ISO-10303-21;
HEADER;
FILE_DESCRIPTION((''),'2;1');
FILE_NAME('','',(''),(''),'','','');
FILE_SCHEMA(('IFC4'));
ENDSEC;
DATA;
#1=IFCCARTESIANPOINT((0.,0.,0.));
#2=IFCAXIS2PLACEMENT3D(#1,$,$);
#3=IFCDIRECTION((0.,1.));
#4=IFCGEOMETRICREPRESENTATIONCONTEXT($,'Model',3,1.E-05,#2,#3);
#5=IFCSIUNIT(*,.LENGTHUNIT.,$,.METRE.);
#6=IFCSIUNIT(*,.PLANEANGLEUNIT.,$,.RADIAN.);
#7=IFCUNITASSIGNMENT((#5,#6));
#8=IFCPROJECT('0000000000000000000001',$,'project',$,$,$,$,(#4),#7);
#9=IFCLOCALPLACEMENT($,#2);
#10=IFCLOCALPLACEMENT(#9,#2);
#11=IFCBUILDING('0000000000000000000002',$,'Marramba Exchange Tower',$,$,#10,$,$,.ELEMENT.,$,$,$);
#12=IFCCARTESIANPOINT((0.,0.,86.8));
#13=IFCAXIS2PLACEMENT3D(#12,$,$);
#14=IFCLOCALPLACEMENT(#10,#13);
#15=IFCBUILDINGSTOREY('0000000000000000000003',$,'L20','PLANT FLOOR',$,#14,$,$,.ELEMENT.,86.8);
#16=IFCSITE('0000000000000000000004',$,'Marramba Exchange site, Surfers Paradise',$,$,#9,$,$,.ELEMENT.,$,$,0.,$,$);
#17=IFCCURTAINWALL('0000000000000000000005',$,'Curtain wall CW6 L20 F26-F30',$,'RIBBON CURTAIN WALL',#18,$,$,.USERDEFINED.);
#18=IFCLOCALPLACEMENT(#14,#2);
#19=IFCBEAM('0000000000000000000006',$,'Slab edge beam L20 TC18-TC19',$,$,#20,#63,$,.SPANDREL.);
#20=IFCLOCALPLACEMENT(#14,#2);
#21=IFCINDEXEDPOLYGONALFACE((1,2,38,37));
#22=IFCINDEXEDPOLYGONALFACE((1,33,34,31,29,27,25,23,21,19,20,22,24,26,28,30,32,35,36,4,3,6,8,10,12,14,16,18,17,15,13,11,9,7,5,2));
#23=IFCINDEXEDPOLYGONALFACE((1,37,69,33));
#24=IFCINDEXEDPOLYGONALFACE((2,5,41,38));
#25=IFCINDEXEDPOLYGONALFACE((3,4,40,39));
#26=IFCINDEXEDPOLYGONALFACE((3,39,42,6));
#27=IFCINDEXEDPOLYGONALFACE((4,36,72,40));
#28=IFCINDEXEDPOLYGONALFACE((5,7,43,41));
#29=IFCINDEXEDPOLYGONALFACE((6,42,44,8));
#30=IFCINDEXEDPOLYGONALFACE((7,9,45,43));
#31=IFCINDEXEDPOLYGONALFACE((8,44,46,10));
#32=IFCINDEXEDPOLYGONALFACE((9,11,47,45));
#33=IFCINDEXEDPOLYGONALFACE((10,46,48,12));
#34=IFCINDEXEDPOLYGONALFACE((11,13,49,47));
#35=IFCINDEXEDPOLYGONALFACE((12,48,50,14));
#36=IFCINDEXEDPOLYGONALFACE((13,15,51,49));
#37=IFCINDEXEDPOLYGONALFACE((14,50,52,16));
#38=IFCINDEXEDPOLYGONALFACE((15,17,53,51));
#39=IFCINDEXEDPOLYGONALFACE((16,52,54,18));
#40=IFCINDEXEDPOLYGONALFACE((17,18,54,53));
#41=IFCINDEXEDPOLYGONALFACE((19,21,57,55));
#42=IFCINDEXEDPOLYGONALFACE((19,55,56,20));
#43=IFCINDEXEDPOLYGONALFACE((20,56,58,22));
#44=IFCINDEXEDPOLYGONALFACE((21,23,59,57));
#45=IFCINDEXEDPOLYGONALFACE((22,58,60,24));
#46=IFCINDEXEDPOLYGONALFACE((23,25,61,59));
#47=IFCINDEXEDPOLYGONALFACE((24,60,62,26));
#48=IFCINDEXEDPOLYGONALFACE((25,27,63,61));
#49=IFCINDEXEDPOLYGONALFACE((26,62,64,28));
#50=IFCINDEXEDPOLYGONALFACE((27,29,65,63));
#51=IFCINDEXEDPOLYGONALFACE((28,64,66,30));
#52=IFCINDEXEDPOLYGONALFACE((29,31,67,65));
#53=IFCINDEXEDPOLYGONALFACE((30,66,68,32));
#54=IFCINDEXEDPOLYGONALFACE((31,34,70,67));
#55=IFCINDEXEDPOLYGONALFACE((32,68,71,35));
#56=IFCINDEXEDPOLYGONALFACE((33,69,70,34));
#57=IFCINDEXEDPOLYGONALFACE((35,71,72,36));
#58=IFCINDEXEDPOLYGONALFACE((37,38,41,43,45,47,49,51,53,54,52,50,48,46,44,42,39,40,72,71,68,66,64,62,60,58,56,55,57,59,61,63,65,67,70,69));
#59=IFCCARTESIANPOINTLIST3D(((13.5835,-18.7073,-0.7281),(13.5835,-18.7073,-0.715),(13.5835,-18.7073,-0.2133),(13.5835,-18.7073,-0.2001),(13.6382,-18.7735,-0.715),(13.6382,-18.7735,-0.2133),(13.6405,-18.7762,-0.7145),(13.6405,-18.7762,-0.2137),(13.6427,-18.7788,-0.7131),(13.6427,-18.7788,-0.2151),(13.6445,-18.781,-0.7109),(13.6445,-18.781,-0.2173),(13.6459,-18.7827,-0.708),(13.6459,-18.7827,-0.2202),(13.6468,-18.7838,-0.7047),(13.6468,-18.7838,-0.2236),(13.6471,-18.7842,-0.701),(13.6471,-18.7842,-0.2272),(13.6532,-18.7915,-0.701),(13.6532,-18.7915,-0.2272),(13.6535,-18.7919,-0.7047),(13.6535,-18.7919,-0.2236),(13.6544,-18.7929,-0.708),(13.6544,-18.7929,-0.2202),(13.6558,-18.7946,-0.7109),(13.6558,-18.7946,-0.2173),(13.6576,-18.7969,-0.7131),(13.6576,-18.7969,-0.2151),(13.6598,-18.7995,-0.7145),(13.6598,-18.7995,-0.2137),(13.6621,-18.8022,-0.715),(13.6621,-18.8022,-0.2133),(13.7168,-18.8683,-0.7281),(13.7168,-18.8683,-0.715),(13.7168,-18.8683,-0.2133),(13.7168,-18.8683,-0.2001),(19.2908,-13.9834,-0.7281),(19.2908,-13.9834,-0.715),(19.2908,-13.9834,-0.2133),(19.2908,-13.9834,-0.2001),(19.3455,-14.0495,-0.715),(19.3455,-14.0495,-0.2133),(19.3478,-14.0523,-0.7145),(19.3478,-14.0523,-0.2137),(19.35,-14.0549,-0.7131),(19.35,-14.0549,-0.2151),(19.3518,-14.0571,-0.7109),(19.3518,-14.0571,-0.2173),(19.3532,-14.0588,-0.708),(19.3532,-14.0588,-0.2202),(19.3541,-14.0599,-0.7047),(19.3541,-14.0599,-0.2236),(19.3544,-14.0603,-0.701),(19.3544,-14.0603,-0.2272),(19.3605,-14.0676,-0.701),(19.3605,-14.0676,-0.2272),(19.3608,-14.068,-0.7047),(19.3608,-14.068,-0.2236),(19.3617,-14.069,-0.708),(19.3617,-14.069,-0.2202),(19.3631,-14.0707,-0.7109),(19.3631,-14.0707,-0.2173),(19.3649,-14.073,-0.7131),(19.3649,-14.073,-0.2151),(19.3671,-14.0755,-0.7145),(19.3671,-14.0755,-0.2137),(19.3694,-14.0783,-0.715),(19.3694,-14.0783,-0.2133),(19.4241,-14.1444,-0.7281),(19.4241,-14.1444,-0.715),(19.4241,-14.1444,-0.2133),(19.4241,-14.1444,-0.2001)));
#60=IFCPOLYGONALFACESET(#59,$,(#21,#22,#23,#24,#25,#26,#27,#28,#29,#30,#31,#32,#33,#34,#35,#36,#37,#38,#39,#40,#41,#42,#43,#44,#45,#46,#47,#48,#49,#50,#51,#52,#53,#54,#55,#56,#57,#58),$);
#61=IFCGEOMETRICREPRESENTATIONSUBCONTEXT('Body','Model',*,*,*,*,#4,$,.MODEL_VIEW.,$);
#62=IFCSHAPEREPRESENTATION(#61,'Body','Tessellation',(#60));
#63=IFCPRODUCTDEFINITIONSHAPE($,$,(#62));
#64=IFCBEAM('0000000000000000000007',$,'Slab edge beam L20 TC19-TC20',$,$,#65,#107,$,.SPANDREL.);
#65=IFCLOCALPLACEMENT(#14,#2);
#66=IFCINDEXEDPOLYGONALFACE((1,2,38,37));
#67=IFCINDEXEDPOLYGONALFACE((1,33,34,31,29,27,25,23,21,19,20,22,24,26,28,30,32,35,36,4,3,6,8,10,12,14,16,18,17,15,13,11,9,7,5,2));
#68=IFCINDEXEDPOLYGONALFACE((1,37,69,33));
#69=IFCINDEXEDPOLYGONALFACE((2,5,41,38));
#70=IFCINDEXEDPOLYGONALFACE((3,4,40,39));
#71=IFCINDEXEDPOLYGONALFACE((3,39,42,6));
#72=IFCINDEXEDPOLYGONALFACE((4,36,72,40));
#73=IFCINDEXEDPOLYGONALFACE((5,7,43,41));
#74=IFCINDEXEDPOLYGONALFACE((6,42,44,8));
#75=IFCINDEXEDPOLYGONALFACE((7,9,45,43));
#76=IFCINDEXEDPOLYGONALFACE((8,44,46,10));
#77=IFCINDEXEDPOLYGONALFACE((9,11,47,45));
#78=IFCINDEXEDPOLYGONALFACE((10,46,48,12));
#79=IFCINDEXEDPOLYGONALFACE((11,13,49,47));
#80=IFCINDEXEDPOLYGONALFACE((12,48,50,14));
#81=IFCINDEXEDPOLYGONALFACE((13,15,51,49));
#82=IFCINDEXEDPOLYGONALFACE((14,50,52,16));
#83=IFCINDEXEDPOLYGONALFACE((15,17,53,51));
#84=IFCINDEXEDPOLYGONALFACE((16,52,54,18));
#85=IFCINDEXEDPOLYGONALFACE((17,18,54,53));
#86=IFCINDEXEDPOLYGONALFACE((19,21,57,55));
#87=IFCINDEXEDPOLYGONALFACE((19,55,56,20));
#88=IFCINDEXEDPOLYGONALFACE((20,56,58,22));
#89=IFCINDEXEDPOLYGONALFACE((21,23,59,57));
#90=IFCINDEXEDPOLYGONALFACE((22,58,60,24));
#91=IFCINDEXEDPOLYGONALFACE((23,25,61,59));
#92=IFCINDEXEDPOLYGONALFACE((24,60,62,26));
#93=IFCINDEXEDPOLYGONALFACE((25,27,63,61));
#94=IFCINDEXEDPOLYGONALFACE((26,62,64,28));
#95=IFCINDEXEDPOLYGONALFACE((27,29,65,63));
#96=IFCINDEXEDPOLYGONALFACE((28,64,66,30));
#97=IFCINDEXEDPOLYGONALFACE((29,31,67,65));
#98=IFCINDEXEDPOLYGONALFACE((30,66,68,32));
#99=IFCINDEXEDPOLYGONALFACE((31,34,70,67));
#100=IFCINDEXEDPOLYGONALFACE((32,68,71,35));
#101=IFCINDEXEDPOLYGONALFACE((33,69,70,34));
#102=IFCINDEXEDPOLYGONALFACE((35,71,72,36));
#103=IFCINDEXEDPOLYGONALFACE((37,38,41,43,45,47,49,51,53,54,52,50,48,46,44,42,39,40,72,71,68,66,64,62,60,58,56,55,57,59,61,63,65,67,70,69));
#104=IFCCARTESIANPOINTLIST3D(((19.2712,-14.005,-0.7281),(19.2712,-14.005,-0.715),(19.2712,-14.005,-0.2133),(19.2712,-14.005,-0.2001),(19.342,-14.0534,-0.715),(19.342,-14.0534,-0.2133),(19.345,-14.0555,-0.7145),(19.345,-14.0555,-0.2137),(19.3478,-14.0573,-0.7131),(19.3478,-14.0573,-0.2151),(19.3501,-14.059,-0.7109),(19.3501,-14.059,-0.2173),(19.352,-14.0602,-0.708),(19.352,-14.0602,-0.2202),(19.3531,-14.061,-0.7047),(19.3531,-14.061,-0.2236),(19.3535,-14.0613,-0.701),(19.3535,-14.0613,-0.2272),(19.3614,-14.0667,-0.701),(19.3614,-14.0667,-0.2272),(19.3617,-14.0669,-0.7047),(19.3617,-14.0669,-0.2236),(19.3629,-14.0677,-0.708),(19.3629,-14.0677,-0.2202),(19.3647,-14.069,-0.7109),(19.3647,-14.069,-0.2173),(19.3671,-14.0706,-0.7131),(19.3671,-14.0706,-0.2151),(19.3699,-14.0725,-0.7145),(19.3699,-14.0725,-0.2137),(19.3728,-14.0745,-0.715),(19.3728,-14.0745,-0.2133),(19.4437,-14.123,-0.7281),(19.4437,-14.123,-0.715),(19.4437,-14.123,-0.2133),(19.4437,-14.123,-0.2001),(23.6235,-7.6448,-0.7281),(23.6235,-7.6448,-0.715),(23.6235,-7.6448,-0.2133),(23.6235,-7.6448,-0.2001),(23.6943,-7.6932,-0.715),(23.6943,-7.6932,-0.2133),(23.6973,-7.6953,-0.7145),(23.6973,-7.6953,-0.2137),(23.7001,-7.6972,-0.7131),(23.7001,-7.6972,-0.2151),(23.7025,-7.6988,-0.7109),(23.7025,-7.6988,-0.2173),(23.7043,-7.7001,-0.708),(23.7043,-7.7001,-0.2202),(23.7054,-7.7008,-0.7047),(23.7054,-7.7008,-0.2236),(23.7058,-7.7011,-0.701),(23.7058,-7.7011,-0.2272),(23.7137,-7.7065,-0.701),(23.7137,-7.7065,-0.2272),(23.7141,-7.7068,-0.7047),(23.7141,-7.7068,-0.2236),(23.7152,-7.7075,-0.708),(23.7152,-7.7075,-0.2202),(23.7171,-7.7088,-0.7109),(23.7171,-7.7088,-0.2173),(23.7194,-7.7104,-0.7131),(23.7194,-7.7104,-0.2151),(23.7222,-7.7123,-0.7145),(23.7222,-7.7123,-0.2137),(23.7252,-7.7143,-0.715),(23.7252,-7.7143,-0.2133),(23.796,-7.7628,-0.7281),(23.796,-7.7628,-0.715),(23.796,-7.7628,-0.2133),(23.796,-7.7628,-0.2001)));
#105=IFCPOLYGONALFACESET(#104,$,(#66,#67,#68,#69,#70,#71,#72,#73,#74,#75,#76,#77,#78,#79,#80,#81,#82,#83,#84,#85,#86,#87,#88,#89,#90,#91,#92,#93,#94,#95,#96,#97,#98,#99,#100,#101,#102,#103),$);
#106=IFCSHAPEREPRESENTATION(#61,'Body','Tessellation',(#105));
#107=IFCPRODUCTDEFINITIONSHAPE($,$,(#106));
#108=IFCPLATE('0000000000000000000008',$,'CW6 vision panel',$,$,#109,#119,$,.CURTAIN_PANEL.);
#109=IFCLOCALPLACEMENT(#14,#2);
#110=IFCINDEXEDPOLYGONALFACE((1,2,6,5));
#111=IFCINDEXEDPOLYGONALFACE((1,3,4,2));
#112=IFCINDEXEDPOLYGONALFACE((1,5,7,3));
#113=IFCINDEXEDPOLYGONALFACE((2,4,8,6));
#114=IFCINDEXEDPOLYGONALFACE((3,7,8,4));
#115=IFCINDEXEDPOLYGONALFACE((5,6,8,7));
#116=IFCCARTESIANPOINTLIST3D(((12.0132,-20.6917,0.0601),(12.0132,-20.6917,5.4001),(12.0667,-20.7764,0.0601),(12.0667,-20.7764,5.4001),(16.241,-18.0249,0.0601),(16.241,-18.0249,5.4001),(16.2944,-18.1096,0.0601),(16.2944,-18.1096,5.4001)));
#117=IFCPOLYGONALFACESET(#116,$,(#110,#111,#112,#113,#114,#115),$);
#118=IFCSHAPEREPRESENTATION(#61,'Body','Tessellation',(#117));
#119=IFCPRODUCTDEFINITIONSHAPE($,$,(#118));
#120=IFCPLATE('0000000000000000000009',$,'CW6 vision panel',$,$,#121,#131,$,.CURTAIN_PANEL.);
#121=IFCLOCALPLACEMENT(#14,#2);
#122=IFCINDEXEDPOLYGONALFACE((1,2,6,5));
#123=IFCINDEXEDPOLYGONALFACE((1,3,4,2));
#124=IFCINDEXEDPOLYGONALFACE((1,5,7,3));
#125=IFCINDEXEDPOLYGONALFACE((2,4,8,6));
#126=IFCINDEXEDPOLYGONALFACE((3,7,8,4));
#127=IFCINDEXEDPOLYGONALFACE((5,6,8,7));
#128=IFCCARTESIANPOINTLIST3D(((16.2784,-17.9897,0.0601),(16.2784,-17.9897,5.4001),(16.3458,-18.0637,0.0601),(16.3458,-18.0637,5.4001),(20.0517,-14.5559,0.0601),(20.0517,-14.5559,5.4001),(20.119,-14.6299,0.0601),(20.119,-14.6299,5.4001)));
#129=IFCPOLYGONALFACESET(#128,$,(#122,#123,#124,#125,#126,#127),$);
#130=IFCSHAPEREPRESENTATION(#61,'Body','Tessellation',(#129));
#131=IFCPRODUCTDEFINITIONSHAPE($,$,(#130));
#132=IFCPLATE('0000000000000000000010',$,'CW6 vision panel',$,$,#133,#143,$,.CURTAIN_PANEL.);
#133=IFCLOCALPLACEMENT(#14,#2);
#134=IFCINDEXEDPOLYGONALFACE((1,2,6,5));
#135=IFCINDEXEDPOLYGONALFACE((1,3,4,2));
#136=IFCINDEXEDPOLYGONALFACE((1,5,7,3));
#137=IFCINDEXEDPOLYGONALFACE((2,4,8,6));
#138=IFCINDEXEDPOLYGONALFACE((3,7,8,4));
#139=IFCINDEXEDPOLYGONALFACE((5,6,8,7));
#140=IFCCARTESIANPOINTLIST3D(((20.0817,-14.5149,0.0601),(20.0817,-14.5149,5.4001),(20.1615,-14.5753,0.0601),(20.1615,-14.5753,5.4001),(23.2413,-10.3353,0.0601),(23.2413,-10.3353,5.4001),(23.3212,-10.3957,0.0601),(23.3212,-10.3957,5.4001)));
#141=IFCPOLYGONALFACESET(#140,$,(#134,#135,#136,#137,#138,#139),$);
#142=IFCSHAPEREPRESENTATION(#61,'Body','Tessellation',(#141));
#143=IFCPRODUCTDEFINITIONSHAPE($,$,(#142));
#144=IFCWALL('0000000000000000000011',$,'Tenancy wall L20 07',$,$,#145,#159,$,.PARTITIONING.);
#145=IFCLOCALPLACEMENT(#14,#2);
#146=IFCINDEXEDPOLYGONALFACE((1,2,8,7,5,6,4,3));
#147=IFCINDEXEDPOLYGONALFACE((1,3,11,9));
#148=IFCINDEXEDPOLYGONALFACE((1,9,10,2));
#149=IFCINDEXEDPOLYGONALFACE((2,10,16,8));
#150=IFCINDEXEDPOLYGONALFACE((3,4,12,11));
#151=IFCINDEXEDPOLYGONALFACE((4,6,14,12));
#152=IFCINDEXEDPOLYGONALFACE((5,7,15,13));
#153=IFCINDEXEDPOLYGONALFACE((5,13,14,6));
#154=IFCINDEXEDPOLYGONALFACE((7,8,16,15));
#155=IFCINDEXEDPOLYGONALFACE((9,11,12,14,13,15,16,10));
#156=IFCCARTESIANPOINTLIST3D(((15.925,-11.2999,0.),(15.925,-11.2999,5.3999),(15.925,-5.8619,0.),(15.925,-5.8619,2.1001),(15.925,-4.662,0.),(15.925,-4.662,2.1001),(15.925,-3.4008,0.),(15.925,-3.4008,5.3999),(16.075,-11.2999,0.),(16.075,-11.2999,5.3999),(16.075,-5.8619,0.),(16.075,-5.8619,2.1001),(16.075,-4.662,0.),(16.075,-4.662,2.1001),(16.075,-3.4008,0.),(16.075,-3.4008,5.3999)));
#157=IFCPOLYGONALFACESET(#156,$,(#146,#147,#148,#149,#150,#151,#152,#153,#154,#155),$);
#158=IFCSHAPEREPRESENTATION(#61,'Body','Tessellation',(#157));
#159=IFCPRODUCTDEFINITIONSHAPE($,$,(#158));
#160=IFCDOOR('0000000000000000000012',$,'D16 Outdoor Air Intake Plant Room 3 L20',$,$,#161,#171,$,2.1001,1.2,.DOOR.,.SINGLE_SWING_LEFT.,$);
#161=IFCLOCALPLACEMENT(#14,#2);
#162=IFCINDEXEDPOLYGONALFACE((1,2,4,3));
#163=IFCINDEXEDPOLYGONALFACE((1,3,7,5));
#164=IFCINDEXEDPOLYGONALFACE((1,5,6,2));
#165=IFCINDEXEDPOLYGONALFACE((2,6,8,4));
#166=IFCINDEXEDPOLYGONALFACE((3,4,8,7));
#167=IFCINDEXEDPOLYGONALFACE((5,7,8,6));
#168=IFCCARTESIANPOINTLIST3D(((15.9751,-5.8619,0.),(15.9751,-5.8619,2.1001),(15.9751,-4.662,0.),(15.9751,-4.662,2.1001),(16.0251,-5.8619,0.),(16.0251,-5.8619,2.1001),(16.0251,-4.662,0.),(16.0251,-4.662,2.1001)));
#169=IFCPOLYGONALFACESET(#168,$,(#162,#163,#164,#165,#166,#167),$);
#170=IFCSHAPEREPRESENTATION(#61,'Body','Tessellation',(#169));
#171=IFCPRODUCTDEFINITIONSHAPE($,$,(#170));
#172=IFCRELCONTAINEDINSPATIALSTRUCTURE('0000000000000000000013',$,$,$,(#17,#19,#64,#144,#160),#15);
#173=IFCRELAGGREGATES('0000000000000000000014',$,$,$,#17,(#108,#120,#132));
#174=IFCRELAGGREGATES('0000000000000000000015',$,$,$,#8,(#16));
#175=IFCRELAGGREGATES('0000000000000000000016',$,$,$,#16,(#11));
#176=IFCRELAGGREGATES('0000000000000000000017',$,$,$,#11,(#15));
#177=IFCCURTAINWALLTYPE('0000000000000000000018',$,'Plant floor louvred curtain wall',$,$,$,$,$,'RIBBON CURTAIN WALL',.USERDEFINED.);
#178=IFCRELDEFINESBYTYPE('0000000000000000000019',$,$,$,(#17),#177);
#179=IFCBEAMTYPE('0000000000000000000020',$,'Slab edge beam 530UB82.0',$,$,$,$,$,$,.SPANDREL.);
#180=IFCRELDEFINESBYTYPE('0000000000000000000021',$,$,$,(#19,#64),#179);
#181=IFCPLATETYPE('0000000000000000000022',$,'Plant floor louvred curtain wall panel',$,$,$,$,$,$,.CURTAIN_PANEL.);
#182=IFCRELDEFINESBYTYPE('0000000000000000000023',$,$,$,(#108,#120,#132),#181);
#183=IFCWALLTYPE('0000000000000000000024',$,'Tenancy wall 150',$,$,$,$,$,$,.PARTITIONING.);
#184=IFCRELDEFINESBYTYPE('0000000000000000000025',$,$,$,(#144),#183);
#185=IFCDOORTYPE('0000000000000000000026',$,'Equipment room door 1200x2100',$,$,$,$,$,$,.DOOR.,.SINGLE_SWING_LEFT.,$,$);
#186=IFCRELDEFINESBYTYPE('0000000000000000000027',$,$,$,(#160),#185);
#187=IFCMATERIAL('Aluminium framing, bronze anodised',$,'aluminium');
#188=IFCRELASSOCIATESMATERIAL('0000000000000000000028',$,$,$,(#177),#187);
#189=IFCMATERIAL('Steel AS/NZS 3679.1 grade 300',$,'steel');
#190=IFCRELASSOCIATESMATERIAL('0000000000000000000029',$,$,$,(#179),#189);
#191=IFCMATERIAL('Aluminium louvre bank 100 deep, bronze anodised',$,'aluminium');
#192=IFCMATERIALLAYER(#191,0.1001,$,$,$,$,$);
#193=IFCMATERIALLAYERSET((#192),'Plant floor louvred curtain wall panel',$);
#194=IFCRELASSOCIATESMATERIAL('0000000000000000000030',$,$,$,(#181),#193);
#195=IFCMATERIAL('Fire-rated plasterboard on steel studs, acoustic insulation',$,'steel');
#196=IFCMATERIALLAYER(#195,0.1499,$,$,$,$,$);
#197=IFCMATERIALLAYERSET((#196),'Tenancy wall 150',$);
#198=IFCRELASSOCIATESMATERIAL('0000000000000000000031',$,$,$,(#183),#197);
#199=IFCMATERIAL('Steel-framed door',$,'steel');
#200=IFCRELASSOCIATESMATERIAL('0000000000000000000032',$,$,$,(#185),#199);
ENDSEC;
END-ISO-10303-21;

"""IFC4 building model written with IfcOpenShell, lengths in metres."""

from ifc_helpers import new_model, si_unit, direction, frame, frame_2d, origin, origin_2d, place, context, subcontext, project, spatial, rectangle, i_section, extrude, material, layer, layer_set, material_profile, profile_set, type_object, element, fill, aggregate, save


model = new_model("IFC4")

# Units and contexts
model_context = context("Model", 3, precision=1e-05, world=origin(), true_north=direction((0.0, 1.0)))
body_context = subcontext(model_context, "Body", "Model", "MODEL_VIEW")
ifc_project = project(units=[si_unit("LENGTHUNIT", "METRE"), si_unit("PLANEANGLEUNIT", "RADIAN")], contexts=[model_context])

# Site, building, storey
site_placement = place(None, origin())
site = spatial("IfcSite", under=ifc_project, at=site_placement, Name="Marramba Exchange site, Surfers Paradise", CompositionType="ELEMENT", RefElevation=0.0)
building_placement = place(site_placement, origin())
building = spatial("IfcBuilding", under=site, at=building_placement, Name="Marramba Exchange Tower", CompositionType="ELEMENT")
storey_placement = place(building_placement, frame((0.0, 0.0, 86.8)))
storey = spatial("IfcBuildingStorey", under=building, at=storey_placement, Name="L20", Description="PLANT FLOOR", CompositionType="ELEMENT", Elevation=86.8)

# Curtain wall
ifc_material_1 = material(Name="Aluminium framing, bronze anodised", Category="aluminium")
curtain_wall_type = type_object("IfcCurtainWallType", Name="Plant floor louvred curtain wall", ElementType="RIBBON CURTAIN WALL", PredefinedType="USERDEFINED", material=ifc_material_1)
curtain_wall_placement = place(storey_placement, origin())
curtain_wall = element("IfcCurtainWall", 1, at=curtain_wall_placement, inside=storey, type_object=curtain_wall_type, Name="Curtain wall CW6 L20 F26-F30", ObjectType="RIBBON CURTAIN WALL", PredefinedType="USERDEFINED")

# Beams
ifc_material_2 = material(Name="Steel AS/NZS 3679.1 grade 300", Category="steel")
ifc_material_profile_1 = material_profile(ifc_material_2, i_section(OverallWidth=0.209, OverallDepth=0.5281, WebThickness=0.0095, FlangeThickness=0.0132, FilletRadius=0.0139, at=origin_2d()), Name="530UB82.0")
ifc_profile_set_1 = profile_set([ifc_material_profile_1], Name="Steel AS/NZS 3679.1 grade 300")
beam_type_1 = type_object("IfcBeamType", Name="Slab edge beam 530UB82.0", PredefinedType="SPANDREL", material=ifc_profile_set_1)
beam_1_placement = place(storey_placement, frame((13.6501, -18.7878, -0.4641), z_axis=(0.770354, 0.637617, 0.0), x_axis=(-0.637617, 0.770354, 0.0)))
element("IfcBeam", 2, at=beam_1_placement, inside=storey, type_object=beam_type_1, Name="Slab edge beam L20 TC18-TC19", PredefinedType="SPANDREL", context=body_context, shape_type="SweptSolid", body=[
    extrude(i_section(OverallWidth=0.209, OverallDepth=0.5281, WebThickness=0.0095, FlangeThickness=0.0132, FilletRadius=0.0139, at=origin_2d()), origin(), (0.0, 0.0, 1.0), 7.4087),
])
beam_2_placement = place(storey_placement, frame((19.3574, -14.064, -0.4641), z_axis=(0.564741, 0.825268, 0.0), x_axis=(-0.825268, 0.564741, 0.0)))
element("IfcBeam", 3, at=beam_2_placement, inside=storey, type_object=beam_type_1, Name="Slab edge beam L20 TC19-TC20", PredefinedType="SPANDREL", context=body_context, shape_type="SweptSolid", body=[
    extrude(i_section(OverallWidth=0.209, OverallDepth=0.5281, WebThickness=0.0095, FlangeThickness=0.0132, FilletRadius=0.0139, at=origin_2d()), origin(), (0.0, 0.0, 1.0), 7.7068),
])

# Plates
ifc_material_3 = material(Name="Aluminium louvre bank 100 deep, bronze anodised", Category="aluminium")
ifc_layer_1 = layer(ifc_material_3, 0.1001)
ifc_layer_set_1 = layer_set([ifc_layer_1], Name="Plant floor louvred curtain wall panel")
plate_type = type_object("IfcPlateType", Name="Plant floor louvred curtain wall panel", PredefinedType="CURTAIN_PANEL", material=ifc_layer_set_1)
plate_1_placement = place(storey_placement, frame((14.1538, -19.4006, 0.0601), z_axis=(0.0, 0.0, 1.0), x_axis=(0.845791, 0.533515, 0.0)))
plate_1 = element("IfcPlate", 4, at=plate_1_placement, type_object=plate_type, Name="CW6 vision panel", PredefinedType="CURTAIN_PANEL", context=body_context, shape_type="SweptSolid", body=[
    extrude(rectangle(XDim=4.9985, YDim=0.1001, at=origin_2d()), origin(), (0.0, 0.0, 1.0), 5.3401),
])
plate_2_placement = place(storey_placement, frame((18.1987, -16.3098, 0.0601), z_axis=(0.0, 0.0, 1.0), x_axis=(0.73959, 0.673058, 0.0)))
plate_2 = element("IfcPlate", 5, at=plate_2_placement, type_object=plate_type, Name="CW6 vision panel", PredefinedType="CURTAIN_PANEL", context=body_context, shape_type="SweptSolid", body=[
    extrude(rectangle(XDim=5.1018, YDim=0.1001, at=origin_2d()), origin(), (0.0, 0.0, 1.0), 5.3401),
])
plate_3_placement = place(storey_placement, frame((21.7014, -12.4553, 0.0601), z_axis=(0.0, 0.0, 1.0), x_axis=(0.60304, 0.797711, 0.0)))
plate_3 = element("IfcPlate", 6, at=plate_3_placement, type_object=plate_type, Name="CW6 vision panel", PredefinedType="CURTAIN_PANEL", context=body_context, shape_type="SweptSolid", body=[
    extrude(rectangle(XDim=5.2395, YDim=0.1001, at=origin_2d()), origin(), (0.0, 0.0, 1.0), 5.3401),
])
aggregate(curtain_wall, [plate_1, plate_2, plate_3])

# Wall, opening, door
ifc_material_4 = material(Name="Steel-framed door", Category="steel")
ifc_material_5 = material(Name="Fire-rated plasterboard on steel studs, acoustic insulation", Category="steel")
ifc_layer_2 = layer(ifc_material_5, 0.1499)
ifc_layer_set_2 = layer_set([ifc_layer_2], Name="Tenancy wall 150")
wall_type_1 = type_object("IfcWallType", Name="Tenancy wall 150", PredefinedType="PARTITIONING", material=ifc_layer_set_2)
wall_1_placement = place(storey_placement, frame((16.0, -11.3, 0.0), z_axis=(0.0, 0.0, 1.0), x_axis=(0.0, 1.0, 0.0)))
wall_1 = element("IfcWall", 7, at=wall_1_placement, inside=storey, type_object=wall_type_1, Name="Tenancy wall L20 07", PredefinedType="PARTITIONING", context=body_context, shape_type="SweptSolid", body=[
    extrude(rectangle(XDim=7.8992, YDim=0.1499, at=frame_2d((3.9497, 0.0))), origin(), (0.0, 0.0, 1.0), 5.3999),
])
opening_1_placement = place(wall_1_placement, frame((5.438, 0.0, 0.0)))
opening_1 = element("IfcOpeningElement", 8, at=opening_1_placement, cuts=wall_1, PredefinedType="OPENING", context=body_context, shape_type="SweptSolid", body=[
    extrude(rectangle(XDim=1.2, YDim=2.1001, at=frame_2d((0.6001, 1.05))), frame((0.0, 0.085, 0.0), z_axis=(0.0, -1.0, 0.0), x_axis=(1.0, 0.0, 0.0)), (0.0, 0.0, 1.0), 0.1699),
])
door_type_1 = type_object("IfcDoorType", Name="Equipment room door 1200x2100", OperationType="SINGLE_SWING_LEFT", PredefinedType="DOOR", material=ifc_material_4)
door_1_placement = place(opening_1_placement, frame((1.2, 0.0, 0.0), z_axis=(0.0, 0.0, 1.0), x_axis=(-1.0, 0.0, 0.0)))
door_1 = element("IfcDoor", 9, at=door_1_placement, inside=storey, type_object=door_type_1, Name="D16 Outdoor Air Intake Plant Room 3 L20", OperationType="SINGLE_SWING_LEFT", OverallHeight=2.1001, OverallWidth=1.2, PredefinedType="DOOR", context=body_context, shape_type="SweptSolid", body=[
    extrude(rectangle(XDim=1.2, YDim=2.1001, at=frame_2d((0.5999, 1.05))), frame((0.0, 0.0251, 0.0), z_axis=(0.0, -1.0, 0.0), x_axis=(1.0, 0.0, 0.0)), (0.0, 0.0, 1.0), 0.05),
])
fill(opening_1, door_1)

save(model, "model.ifc")
